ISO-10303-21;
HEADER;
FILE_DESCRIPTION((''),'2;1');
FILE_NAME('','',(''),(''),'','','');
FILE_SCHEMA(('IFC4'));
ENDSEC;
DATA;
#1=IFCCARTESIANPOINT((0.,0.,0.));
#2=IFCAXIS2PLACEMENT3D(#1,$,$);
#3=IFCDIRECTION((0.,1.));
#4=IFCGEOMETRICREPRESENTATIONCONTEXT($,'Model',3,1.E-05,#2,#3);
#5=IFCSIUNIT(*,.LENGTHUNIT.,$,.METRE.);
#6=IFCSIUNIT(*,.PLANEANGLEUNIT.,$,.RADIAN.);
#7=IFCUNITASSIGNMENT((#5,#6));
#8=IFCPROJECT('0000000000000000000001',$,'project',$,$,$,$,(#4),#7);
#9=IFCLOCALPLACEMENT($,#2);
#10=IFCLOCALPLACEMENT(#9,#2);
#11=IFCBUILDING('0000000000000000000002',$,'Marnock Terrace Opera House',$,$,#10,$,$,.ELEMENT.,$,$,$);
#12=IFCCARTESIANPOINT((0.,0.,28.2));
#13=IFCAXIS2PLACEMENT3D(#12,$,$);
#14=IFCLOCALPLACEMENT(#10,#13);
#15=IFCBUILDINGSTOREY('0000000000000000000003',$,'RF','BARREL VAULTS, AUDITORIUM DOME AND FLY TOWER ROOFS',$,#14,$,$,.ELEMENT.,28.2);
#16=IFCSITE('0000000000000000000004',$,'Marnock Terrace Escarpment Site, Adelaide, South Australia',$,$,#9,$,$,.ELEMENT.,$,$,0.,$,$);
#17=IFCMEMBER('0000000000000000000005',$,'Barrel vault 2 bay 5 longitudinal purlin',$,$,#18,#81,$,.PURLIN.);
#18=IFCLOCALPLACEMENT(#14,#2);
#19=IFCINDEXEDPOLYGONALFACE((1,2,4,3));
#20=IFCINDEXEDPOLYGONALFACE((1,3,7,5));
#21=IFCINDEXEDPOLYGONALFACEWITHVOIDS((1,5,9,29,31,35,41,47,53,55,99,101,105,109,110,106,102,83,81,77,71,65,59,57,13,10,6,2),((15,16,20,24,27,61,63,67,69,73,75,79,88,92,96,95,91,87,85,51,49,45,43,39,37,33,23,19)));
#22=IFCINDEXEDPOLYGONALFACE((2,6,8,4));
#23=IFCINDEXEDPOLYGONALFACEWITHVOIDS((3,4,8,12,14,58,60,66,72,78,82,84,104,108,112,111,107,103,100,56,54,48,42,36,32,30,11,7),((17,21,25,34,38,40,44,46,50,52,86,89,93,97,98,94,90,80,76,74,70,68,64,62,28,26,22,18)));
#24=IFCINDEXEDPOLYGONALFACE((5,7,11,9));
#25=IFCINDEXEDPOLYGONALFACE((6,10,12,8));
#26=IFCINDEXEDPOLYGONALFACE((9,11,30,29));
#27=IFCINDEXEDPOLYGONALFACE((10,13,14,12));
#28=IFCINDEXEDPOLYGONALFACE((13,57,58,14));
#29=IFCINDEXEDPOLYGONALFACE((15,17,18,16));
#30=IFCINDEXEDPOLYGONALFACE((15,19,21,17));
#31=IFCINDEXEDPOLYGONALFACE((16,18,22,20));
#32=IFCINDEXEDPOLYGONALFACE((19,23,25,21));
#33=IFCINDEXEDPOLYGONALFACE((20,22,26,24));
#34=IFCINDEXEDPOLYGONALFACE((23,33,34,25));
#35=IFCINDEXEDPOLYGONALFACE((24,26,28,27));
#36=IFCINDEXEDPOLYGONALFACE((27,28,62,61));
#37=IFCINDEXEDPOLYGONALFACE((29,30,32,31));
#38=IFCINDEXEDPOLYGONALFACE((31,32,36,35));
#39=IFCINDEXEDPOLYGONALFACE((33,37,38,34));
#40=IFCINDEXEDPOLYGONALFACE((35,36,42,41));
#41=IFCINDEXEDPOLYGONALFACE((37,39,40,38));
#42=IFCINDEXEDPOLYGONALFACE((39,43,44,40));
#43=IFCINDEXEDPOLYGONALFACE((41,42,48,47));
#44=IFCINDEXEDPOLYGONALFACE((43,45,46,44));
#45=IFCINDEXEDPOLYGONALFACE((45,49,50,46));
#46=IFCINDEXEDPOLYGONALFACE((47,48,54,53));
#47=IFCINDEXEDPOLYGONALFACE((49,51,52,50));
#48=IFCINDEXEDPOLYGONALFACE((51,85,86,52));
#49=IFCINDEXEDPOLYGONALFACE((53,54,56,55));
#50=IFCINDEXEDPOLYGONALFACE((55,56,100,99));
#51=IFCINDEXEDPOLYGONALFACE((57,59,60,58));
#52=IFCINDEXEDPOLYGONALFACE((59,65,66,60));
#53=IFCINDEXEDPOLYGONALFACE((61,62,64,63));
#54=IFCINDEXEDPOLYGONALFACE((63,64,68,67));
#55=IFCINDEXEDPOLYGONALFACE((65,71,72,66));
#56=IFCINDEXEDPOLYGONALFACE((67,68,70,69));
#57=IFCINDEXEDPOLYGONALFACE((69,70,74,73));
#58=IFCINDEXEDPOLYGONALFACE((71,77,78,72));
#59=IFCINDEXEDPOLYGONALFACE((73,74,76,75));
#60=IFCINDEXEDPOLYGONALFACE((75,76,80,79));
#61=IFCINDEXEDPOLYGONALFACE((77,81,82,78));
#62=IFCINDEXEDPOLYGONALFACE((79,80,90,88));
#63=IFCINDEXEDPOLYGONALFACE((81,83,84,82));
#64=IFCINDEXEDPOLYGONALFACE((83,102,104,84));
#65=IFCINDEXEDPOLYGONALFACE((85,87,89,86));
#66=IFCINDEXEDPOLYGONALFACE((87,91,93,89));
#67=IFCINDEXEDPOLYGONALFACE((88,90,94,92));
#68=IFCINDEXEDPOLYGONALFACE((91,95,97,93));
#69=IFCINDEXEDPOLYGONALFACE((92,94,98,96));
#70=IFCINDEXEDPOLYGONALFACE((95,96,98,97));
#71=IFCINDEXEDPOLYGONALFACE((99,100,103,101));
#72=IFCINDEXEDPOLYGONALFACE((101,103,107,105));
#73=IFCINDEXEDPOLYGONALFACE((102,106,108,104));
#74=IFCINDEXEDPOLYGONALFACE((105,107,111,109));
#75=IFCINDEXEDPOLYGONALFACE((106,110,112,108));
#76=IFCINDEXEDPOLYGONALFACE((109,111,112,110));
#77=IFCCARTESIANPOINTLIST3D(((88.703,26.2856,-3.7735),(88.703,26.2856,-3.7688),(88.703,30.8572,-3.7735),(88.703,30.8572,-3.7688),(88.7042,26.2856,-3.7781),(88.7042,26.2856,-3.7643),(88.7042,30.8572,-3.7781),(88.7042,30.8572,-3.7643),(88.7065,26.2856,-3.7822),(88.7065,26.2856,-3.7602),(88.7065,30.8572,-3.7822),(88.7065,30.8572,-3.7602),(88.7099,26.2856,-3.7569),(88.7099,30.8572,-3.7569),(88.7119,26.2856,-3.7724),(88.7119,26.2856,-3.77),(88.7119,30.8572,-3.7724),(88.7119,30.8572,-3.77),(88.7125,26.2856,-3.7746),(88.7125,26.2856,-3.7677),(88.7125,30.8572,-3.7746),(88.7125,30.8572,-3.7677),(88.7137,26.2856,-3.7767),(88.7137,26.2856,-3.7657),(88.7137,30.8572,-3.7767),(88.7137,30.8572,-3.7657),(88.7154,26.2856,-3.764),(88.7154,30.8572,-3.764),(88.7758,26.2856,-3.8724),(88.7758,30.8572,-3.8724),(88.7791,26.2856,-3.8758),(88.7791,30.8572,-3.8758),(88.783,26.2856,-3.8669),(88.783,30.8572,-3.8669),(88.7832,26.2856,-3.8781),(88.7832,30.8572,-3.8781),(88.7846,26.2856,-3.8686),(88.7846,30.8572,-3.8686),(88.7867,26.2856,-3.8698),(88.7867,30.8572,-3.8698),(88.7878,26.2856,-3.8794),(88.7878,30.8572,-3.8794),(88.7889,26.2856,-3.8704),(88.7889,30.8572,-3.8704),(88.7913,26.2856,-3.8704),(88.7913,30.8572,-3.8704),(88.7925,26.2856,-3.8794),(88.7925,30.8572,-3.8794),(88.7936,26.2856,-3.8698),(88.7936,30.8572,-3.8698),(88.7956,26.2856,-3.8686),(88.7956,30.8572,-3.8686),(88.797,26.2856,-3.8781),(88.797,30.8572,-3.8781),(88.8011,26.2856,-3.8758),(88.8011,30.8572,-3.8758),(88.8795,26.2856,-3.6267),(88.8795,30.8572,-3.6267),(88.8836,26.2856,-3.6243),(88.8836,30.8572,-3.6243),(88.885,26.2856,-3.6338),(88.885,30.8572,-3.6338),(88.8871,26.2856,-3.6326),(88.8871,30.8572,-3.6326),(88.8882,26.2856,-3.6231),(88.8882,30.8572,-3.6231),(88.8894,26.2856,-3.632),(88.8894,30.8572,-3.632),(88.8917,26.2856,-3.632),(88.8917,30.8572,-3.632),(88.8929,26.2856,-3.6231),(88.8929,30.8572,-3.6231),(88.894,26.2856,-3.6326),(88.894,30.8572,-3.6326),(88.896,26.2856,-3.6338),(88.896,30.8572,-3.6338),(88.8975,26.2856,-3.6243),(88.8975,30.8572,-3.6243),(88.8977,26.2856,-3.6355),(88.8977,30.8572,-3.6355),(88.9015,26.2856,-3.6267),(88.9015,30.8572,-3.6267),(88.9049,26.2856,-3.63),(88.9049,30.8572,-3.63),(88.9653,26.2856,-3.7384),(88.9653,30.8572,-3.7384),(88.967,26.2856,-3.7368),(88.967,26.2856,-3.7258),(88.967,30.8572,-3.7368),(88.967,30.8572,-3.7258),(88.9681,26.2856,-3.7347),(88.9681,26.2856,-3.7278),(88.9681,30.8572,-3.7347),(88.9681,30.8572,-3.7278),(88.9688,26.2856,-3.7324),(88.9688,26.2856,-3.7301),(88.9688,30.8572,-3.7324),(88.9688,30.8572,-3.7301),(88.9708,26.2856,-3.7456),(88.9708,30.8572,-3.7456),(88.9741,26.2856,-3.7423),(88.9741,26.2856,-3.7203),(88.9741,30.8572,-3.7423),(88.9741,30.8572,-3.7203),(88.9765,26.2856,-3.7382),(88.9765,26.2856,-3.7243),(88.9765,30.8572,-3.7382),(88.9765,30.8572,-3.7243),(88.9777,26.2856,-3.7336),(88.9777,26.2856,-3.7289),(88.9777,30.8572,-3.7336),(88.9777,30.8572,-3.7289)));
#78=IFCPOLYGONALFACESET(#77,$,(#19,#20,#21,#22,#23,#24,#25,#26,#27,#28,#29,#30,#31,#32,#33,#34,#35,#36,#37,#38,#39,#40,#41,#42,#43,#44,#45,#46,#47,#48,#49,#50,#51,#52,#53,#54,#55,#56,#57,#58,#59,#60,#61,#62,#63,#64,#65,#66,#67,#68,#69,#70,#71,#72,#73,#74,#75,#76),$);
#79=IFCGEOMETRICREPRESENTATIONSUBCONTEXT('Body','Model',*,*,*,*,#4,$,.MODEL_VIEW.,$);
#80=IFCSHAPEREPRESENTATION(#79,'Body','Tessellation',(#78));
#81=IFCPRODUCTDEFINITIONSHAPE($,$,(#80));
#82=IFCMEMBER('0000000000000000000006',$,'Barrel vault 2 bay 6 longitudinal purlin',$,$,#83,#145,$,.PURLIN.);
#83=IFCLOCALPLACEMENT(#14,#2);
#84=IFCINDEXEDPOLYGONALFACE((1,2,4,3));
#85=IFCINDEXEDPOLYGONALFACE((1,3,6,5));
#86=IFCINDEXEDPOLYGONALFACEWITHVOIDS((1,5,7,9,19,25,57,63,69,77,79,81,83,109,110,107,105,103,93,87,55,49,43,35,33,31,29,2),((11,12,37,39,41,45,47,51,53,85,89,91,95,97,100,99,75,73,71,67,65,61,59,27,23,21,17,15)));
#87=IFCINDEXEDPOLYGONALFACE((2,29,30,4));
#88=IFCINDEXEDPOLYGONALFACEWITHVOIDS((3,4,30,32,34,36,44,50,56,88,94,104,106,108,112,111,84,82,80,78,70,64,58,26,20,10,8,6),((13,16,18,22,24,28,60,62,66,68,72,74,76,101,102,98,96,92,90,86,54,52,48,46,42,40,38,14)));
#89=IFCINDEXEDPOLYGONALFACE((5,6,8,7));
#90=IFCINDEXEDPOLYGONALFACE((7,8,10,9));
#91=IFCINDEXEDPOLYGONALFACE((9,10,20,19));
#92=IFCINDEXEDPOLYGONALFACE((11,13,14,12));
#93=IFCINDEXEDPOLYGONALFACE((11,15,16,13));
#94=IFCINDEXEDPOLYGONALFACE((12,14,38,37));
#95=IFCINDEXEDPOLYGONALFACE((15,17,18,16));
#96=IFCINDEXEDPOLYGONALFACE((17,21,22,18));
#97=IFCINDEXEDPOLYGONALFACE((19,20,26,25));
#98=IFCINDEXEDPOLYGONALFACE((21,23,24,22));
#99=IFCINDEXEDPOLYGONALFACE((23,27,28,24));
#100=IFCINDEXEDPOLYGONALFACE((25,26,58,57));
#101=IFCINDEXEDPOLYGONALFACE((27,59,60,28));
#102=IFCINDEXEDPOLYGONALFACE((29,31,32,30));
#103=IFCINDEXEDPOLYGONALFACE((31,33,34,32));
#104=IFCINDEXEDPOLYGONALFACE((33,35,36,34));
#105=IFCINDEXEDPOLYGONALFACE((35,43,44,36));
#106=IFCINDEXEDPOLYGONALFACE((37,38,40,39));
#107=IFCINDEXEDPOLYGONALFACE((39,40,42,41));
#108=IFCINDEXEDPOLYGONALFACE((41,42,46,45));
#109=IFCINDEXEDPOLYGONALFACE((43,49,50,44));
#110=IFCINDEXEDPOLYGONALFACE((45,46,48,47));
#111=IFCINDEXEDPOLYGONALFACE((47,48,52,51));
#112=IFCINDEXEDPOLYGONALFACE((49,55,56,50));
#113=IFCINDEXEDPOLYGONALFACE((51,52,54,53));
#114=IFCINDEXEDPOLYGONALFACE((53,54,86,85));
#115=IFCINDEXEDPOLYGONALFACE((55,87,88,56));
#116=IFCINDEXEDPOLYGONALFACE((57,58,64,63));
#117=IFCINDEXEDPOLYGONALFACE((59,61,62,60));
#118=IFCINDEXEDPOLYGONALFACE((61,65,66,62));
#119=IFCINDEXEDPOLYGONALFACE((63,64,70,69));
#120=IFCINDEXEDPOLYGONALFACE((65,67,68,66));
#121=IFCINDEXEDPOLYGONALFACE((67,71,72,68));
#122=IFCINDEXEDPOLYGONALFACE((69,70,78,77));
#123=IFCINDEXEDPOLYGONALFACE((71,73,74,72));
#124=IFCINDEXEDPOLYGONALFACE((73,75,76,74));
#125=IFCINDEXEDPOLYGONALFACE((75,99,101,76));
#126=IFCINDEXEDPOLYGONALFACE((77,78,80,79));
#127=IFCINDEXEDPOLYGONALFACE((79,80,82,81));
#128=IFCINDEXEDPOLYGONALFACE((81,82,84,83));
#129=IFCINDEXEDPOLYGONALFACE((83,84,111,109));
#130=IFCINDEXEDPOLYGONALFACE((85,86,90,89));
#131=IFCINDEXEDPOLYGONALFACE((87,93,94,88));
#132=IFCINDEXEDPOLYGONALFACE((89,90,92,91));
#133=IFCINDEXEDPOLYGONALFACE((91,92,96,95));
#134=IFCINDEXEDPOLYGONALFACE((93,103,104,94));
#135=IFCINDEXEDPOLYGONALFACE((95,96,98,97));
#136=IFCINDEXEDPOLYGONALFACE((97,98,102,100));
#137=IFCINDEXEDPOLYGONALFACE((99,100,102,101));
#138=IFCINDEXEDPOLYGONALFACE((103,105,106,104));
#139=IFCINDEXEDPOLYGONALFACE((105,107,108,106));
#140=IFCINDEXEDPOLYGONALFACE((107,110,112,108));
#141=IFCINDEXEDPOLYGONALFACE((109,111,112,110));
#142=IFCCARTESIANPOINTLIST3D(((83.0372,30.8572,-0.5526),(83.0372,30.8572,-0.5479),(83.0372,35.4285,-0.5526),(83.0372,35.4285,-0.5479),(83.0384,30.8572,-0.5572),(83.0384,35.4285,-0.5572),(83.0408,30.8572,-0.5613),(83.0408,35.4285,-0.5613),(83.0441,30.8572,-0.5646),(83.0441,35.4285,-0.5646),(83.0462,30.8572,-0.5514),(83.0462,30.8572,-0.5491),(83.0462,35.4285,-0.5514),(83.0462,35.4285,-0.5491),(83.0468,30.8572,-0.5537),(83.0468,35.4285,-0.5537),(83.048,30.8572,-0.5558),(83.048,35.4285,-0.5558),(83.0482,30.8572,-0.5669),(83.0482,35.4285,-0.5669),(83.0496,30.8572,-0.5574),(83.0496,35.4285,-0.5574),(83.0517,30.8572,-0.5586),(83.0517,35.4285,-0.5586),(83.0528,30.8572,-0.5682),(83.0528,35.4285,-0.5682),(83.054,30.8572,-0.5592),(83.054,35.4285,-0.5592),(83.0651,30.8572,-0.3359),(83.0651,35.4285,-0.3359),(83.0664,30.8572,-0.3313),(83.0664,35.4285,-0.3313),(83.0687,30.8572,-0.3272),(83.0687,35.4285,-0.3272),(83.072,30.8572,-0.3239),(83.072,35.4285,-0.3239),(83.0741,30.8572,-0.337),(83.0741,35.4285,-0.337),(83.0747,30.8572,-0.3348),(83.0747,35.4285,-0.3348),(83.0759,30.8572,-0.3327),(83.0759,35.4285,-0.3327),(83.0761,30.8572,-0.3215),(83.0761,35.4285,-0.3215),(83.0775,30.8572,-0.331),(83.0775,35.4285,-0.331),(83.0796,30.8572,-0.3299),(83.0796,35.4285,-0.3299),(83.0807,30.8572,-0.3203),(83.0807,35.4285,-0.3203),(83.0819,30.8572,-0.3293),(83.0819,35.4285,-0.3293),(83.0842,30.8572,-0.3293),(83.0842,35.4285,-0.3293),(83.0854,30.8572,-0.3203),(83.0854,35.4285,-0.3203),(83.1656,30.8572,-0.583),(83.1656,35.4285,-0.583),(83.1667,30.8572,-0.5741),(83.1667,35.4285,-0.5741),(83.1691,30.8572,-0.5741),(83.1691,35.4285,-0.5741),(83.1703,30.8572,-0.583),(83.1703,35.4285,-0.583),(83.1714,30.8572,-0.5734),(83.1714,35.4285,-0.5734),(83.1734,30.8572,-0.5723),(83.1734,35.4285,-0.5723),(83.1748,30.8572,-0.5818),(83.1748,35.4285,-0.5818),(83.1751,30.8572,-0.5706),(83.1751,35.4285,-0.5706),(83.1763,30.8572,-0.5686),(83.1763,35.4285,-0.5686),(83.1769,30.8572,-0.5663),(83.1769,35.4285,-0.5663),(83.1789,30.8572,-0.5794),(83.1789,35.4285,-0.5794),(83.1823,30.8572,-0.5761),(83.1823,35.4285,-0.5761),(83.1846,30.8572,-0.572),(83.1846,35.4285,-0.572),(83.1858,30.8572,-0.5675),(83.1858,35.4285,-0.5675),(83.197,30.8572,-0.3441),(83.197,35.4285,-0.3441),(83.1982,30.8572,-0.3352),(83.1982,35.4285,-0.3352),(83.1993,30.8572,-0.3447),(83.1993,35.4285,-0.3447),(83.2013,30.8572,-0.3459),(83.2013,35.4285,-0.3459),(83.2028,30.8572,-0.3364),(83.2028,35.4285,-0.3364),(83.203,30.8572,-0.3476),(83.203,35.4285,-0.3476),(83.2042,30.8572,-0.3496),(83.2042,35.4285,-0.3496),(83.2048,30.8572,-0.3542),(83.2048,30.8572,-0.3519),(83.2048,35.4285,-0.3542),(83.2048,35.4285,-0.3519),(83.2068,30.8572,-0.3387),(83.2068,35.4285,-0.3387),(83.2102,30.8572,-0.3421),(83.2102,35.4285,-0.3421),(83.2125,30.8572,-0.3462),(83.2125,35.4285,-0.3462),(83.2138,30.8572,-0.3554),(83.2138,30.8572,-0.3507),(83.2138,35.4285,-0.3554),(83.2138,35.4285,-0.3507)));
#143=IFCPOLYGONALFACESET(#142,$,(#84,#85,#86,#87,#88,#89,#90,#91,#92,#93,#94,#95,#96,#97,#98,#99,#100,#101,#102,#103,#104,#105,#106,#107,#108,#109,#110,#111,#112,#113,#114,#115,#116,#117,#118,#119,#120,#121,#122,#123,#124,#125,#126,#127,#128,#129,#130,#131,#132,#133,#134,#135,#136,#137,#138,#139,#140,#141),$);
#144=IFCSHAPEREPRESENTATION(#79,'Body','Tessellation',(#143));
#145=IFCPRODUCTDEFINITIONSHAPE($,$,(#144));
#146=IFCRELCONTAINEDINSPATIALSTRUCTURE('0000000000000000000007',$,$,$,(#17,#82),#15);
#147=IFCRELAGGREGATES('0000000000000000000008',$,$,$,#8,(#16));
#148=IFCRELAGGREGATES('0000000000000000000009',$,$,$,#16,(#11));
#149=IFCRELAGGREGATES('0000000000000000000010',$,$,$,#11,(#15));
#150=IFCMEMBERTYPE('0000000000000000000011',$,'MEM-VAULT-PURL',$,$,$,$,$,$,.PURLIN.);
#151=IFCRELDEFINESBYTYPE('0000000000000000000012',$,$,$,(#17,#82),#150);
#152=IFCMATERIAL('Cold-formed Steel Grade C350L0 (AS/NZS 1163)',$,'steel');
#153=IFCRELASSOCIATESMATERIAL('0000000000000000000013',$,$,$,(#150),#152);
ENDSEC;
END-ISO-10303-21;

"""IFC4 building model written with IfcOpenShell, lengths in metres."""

from ifc_helpers import new_model, si_unit, direction, frame, origin, origin_2d, place, context, subcontext, project, spatial, hollow_rectangle, extrude, material, material_profile, profile_set, type_object, element, save


model = new_model("IFC4")

# Units and contexts
model_context = context("Model", 3, precision=1e-05, world=origin(), true_north=direction((0.0, 1.0)))
body_context = subcontext(model_context, "Body", "Model", "MODEL_VIEW")
ifc_project = project(units=[si_unit("LENGTHUNIT", "METRE"), si_unit("PLANEANGLEUNIT", "RADIAN")], contexts=[model_context])

# Site, building, storey
site_placement = place(None, origin())
site = spatial("IfcSite", under=ifc_project, at=site_placement, Name="Marnock Terrace Escarpment Site, Adelaide, South Australia", CompositionType="ELEMENT", RefElevation=0.0)
building_placement = place(site_placement, origin())
building = spatial("IfcBuilding", under=site, at=building_placement, Name="Marnock Terrace Opera House", CompositionType="ELEMENT")
storey_placement = place(building_placement, frame((0.0, 0.0, 28.2)))
storey = spatial("IfcBuildingStorey", under=building, at=storey_placement, Name="RF", Description="BARREL VAULTS, AUDITORIUM DOME AND FLY TOWER ROOFS", CompositionType="ELEMENT", Elevation=28.2)

# Members
ifc_material = material(Name="Cold-formed Steel Grade C350L0 (AS/NZS 1163)", Category="steel")
ifc_material_profile_1 = material_profile(ifc_material, hollow_rectangle(XDim=0.1499, YDim=0.25, WallThickness=0.009, InnerFilletRadius=0.009, OuterFilletRadius=0.0181, at=origin_2d()))
ifc_profile_set_1 = profile_set([ifc_material_profile_1], Name="Cold-formed Steel Grade C350L0 (AS/NZS 1163)")
member_type_1 = type_object("IfcMemberType", Name="MEM-VAULT-PURL", PredefinedType="PURLIN", material=ifc_profile_set_1)
for number, where, z_axis, x_axis, name in (
    (1, (88.8403, 26.2856, -3.7512), (0.0, 1.0, 0.0), (-0.608761, 0.0, 0.793353), "Barrel vault 2 bay 5 longitudinal purlin"),
):
    element("IfcMember", number, at=place(storey_placement, frame(where, z_axis=z_axis, x_axis=x_axis)), inside=storey, type_object=member_type_1, Name=name, PredefinedType="PURLIN", context=body_context, shape_type="SweptSolid", body=[
        extrude(hollow_rectangle(XDim=0.1499, YDim=0.25, WallThickness=0.009, InnerFilletRadius=0.009, OuterFilletRadius=0.0181, at=origin_2d()), origin(), (0.0, 0.0, 1.0), 4.5715),
    ])
for number, where, z_axis, x_axis, name in (
    (2, (83.1255, 30.8572, -0.4517), (0.0, 1.0, 0.0), (-0.991445, 0.0, 0.130526), "Barrel vault 2 bay 6 longitudinal purlin"),
):
    element("IfcMember", number, at=place(storey_placement, frame(where, z_axis=z_axis, x_axis=x_axis)), inside=storey, type_object=member_type_1, Name=name, PredefinedType="PURLIN", context=body_context, shape_type="SweptSolid", body=[
        extrude(hollow_rectangle(XDim=0.1499, YDim=0.25, WallThickness=0.009, InnerFilletRadius=0.009, OuterFilletRadius=0.0181, at=origin_2d()), origin(), (0.0, 0.0, 1.0), 4.5713),
    ])

save(model, "model.ifc")
